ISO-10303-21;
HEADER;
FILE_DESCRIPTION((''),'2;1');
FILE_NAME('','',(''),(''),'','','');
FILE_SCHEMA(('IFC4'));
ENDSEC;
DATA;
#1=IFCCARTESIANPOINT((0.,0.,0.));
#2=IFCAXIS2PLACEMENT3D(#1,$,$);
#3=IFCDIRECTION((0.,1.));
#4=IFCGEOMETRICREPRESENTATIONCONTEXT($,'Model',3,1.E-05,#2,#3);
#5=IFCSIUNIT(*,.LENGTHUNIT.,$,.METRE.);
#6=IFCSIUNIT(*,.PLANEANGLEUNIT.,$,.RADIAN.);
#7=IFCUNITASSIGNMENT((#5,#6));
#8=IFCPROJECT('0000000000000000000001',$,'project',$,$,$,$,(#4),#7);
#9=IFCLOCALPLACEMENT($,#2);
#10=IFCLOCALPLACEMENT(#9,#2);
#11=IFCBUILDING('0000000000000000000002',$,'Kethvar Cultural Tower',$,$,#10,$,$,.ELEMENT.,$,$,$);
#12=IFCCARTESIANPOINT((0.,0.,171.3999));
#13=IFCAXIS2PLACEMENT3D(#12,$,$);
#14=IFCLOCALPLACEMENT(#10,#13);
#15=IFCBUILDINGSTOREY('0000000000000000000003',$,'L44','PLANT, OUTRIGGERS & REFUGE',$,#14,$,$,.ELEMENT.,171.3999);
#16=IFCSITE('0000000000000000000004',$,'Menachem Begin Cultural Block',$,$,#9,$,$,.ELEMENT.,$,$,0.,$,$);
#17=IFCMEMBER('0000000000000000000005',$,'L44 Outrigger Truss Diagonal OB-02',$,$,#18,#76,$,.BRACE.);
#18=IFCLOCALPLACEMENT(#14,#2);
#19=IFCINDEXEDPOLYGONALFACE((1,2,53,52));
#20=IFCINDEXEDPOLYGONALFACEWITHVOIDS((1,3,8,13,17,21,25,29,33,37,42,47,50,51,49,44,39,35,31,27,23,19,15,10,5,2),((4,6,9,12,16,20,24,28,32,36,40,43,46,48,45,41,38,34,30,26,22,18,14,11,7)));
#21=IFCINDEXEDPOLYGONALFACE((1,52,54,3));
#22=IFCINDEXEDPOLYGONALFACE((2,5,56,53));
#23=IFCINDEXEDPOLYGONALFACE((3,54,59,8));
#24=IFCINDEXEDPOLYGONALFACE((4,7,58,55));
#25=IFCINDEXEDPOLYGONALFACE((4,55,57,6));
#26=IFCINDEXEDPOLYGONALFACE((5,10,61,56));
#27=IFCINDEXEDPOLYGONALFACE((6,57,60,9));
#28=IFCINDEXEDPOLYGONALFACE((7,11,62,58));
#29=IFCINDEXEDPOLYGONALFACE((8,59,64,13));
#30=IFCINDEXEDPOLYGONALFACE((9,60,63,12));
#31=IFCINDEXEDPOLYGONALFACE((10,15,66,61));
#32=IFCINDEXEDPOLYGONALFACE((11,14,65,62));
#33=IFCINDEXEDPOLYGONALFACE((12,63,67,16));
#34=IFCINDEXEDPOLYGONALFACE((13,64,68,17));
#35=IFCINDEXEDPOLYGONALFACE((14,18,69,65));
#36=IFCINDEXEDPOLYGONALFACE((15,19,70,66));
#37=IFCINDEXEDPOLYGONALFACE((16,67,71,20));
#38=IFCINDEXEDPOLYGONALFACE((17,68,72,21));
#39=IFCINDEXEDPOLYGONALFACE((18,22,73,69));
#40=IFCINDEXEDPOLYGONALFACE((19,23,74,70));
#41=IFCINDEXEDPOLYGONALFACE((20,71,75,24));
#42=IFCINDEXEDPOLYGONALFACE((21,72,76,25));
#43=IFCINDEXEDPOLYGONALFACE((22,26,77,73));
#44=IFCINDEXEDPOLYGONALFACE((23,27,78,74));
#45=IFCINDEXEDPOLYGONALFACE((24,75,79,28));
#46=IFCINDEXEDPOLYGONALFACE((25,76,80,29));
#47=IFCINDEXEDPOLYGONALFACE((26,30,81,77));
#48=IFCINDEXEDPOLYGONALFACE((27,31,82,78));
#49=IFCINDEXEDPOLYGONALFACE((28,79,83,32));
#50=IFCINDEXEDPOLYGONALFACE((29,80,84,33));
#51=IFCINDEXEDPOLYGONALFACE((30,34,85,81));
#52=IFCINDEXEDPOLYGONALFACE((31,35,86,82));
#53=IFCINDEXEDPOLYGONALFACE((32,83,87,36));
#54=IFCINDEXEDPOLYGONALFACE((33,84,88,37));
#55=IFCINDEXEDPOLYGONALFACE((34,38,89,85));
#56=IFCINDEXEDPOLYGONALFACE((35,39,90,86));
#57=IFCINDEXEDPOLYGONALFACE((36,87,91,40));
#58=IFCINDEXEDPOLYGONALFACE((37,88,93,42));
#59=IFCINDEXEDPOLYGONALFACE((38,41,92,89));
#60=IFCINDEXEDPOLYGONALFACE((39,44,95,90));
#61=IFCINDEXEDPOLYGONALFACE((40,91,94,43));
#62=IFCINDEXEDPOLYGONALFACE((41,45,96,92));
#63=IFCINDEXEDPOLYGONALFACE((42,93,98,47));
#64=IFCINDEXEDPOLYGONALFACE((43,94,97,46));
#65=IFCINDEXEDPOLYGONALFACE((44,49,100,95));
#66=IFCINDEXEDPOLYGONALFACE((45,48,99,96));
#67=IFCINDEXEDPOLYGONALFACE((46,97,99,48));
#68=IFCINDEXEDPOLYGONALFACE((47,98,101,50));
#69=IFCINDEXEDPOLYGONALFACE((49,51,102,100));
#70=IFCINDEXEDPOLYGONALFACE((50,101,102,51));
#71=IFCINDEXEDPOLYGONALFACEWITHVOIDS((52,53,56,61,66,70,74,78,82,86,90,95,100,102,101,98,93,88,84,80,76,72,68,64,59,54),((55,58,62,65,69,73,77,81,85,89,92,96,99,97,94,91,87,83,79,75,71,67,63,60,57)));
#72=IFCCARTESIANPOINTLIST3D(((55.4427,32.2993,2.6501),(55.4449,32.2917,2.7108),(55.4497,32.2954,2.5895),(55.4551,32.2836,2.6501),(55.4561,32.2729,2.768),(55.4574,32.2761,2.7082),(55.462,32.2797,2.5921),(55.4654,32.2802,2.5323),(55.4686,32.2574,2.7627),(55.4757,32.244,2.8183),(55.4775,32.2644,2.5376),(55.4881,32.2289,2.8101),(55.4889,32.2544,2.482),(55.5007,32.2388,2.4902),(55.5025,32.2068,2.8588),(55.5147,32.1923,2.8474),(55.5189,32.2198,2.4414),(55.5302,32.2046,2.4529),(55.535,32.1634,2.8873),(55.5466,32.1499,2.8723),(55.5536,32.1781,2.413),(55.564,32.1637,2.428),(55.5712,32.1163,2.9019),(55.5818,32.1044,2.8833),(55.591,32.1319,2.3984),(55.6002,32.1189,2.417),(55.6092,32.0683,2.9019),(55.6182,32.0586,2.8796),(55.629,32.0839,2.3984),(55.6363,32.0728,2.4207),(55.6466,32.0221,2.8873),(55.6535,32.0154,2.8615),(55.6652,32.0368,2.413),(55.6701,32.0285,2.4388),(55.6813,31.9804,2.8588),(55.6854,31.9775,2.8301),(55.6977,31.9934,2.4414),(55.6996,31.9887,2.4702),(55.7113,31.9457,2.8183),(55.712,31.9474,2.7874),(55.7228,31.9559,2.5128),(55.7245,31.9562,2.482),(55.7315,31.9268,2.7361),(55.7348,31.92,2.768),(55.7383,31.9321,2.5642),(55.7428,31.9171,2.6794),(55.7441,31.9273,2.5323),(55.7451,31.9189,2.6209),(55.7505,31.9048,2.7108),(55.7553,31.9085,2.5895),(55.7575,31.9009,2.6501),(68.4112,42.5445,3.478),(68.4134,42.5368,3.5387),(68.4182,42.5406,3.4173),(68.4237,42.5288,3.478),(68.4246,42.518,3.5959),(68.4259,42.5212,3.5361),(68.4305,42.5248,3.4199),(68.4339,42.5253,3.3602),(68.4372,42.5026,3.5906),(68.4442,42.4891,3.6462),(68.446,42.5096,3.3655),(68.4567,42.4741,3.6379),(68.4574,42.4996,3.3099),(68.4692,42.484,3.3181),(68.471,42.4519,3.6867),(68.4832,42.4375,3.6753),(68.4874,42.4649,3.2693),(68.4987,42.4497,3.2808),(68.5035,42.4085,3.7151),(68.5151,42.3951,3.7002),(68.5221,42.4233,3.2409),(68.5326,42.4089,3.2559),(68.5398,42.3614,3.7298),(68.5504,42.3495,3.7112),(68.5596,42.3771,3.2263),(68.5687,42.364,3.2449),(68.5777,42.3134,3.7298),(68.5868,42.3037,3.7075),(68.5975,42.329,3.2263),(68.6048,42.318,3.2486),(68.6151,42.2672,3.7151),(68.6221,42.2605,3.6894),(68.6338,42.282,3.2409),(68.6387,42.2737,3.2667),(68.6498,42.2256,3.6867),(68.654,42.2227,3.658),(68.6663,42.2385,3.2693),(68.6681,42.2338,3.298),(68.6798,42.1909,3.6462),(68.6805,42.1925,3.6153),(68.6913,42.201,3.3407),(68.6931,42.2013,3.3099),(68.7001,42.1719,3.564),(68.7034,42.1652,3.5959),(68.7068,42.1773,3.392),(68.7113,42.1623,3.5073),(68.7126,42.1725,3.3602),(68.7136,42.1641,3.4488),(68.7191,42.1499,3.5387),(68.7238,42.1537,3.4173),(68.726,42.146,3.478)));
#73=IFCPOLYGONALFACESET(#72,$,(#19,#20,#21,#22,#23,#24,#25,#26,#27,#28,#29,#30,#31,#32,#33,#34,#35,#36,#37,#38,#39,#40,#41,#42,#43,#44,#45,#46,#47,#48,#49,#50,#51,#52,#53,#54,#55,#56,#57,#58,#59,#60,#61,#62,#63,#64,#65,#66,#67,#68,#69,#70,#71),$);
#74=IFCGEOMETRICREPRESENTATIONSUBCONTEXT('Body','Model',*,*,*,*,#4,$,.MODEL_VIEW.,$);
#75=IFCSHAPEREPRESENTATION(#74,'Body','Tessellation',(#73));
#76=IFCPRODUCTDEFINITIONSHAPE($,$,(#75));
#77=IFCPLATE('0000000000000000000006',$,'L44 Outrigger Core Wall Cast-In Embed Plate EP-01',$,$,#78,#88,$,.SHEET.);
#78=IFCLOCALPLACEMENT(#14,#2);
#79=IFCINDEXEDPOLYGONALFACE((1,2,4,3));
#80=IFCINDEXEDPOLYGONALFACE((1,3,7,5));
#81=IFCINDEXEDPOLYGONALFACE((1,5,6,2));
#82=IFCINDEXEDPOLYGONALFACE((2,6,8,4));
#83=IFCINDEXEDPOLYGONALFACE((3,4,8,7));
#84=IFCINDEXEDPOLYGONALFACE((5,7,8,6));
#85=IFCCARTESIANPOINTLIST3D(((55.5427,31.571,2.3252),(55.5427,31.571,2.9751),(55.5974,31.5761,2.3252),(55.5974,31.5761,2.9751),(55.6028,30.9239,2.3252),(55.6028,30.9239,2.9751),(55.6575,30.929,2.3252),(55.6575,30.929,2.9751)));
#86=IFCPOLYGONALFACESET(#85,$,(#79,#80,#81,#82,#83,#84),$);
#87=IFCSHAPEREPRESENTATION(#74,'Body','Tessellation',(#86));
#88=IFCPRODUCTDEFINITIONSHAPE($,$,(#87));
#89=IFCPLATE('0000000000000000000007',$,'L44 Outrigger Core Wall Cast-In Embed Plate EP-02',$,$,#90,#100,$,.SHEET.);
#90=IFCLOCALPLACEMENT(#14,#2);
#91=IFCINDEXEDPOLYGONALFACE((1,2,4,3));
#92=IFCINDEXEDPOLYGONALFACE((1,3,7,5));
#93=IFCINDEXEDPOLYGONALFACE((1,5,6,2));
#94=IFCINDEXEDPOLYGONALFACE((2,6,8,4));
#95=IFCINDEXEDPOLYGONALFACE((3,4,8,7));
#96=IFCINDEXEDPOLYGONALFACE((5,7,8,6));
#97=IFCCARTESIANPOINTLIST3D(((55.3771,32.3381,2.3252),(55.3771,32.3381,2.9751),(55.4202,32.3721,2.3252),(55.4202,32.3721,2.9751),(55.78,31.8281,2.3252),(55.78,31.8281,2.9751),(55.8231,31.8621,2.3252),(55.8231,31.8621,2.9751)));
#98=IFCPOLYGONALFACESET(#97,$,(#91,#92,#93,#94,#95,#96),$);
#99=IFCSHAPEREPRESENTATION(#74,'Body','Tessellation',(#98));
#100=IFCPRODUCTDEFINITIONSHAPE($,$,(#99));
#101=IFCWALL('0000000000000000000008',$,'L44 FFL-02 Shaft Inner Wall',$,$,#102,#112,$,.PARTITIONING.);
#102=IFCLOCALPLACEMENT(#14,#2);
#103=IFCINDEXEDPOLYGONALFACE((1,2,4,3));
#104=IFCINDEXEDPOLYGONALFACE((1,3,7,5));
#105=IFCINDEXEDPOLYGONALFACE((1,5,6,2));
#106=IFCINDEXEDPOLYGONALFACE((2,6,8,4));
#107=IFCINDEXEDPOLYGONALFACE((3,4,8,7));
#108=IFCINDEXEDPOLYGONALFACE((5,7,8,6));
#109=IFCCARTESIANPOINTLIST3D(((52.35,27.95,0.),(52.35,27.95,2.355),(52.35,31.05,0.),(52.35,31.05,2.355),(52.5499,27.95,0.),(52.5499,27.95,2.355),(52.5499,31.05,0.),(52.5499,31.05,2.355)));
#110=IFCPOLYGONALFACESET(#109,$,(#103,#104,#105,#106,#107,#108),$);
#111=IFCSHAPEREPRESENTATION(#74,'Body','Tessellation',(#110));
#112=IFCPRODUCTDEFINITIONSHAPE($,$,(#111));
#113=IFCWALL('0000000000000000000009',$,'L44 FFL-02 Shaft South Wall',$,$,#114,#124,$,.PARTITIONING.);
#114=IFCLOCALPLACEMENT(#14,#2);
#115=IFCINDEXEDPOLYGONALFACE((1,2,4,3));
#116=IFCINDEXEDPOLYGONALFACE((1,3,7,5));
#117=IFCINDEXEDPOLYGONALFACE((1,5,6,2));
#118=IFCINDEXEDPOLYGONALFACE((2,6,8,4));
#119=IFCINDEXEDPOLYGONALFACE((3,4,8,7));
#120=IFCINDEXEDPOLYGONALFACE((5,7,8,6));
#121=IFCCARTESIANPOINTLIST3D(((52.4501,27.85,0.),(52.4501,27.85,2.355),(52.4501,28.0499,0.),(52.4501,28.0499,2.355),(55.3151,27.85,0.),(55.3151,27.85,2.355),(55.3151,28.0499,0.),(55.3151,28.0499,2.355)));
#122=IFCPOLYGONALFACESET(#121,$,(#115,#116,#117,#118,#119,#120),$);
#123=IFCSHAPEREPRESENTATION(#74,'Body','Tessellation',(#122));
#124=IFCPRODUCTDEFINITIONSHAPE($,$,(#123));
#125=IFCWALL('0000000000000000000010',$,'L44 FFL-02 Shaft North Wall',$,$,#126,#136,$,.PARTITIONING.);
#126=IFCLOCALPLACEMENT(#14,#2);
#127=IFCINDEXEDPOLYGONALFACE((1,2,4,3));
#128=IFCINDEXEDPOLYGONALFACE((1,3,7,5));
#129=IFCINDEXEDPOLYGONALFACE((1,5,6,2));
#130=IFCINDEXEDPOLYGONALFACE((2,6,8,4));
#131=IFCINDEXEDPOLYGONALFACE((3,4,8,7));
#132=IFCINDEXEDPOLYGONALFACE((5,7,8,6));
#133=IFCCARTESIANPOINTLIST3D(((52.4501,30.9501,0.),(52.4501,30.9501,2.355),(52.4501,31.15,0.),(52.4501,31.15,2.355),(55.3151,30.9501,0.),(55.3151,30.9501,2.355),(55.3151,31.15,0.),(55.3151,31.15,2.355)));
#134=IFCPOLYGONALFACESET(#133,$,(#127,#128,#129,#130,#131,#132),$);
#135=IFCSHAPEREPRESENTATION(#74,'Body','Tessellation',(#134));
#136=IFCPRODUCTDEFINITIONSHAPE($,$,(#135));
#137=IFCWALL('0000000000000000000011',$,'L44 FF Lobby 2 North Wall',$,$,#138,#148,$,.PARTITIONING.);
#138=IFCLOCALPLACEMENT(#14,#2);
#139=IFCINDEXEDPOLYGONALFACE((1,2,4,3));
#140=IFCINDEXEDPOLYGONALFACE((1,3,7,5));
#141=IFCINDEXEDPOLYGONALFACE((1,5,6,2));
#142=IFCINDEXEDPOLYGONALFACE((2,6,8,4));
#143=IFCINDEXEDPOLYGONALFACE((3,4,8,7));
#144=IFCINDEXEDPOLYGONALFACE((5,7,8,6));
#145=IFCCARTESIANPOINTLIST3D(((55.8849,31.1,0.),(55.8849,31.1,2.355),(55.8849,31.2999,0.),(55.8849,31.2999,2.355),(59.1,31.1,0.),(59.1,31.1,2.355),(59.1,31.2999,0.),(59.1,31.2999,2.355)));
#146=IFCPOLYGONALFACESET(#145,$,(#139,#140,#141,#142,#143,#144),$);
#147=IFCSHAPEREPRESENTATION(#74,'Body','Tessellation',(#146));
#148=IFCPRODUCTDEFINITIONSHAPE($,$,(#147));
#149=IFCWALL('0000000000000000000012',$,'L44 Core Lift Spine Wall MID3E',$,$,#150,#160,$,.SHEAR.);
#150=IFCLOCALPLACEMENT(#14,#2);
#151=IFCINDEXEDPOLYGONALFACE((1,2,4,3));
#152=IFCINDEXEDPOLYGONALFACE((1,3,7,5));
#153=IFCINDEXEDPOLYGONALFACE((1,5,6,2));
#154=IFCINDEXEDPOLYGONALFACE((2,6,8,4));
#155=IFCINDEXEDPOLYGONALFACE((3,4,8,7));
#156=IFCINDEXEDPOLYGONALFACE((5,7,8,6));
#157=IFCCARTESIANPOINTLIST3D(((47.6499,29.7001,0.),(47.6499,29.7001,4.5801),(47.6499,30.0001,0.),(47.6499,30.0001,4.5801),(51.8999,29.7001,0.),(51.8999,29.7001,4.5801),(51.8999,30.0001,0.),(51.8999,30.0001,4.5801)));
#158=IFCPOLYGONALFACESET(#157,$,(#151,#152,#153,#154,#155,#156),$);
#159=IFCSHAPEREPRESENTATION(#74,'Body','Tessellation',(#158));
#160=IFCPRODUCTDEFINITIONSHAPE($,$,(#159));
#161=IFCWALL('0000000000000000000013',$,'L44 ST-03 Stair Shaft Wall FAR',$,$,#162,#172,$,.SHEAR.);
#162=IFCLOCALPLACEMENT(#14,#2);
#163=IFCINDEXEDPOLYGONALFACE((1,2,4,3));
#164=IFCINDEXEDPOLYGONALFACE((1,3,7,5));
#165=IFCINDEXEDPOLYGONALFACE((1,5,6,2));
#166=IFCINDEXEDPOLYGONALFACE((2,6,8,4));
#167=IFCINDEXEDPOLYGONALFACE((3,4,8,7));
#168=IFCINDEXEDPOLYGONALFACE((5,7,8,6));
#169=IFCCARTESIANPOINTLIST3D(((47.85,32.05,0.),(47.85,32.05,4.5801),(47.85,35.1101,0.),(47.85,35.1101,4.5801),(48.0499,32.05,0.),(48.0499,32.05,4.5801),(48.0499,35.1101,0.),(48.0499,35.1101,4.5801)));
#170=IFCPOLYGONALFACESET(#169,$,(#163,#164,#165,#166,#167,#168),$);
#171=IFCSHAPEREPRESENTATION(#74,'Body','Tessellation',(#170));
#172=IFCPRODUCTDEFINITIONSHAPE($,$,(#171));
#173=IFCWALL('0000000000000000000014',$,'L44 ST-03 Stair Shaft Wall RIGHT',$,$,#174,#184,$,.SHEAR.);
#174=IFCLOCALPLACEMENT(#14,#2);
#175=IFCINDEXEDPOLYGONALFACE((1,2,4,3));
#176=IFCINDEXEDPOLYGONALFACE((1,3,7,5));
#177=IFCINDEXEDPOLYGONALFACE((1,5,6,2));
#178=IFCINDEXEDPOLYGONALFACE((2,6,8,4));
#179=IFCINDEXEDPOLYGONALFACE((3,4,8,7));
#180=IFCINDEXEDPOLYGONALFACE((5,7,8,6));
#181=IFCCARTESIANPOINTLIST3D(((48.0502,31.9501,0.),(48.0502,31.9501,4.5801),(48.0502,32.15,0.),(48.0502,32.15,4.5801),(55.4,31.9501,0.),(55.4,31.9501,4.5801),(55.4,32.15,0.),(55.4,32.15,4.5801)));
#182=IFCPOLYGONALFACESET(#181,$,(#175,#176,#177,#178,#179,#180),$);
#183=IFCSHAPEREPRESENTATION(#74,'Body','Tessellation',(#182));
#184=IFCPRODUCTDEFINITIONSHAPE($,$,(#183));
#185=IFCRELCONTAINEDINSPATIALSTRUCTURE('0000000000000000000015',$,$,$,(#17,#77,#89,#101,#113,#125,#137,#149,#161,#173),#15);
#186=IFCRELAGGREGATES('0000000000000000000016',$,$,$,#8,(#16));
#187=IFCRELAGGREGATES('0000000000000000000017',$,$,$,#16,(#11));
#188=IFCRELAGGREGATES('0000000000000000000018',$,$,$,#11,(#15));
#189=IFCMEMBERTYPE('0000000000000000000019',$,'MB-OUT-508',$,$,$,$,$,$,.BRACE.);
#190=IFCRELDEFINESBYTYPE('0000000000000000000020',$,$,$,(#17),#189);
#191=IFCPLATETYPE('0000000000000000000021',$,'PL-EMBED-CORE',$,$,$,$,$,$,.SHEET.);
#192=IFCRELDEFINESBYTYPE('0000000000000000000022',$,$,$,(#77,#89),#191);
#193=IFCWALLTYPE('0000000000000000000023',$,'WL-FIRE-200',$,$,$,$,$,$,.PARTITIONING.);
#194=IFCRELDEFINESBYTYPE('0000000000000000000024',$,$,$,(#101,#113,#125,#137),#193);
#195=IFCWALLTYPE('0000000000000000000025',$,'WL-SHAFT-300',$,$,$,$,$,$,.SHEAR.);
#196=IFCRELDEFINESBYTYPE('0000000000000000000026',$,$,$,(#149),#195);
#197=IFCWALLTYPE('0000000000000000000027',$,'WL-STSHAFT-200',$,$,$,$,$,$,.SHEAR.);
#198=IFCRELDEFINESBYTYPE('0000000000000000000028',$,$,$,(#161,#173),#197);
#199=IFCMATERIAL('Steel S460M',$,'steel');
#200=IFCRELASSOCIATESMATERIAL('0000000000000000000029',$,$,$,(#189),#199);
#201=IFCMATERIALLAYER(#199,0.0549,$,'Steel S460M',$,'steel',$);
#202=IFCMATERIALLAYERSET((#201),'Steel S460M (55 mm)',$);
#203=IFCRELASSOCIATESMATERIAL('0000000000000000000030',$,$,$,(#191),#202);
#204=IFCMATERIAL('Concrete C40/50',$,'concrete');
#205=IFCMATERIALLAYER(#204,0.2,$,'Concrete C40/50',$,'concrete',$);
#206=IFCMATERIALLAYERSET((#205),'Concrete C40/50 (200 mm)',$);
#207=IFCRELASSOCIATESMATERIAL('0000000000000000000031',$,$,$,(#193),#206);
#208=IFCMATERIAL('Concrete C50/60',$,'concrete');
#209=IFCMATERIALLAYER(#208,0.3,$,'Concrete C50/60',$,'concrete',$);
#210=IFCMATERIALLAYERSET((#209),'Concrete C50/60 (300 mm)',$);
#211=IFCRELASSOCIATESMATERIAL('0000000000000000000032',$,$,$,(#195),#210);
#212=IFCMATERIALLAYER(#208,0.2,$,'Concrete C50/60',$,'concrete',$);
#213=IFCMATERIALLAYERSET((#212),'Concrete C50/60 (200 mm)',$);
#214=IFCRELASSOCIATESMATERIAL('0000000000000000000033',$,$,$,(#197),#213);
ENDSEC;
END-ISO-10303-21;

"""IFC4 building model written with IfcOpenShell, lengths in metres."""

from ifc_helpers import new_model, si_unit, direction, frame, frame_2d, origin, origin_2d, place, context, subcontext, project, spatial, rectangle, hollow_circle, extrude, source, transform, mapped, material, layer, layer_set, material_profile, profile_set, type_object, element, save


model = new_model("IFC4")

# Units and contexts
model_context = context("Model", 3, precision=1e-05, world=origin(), true_north=direction((0.0, 1.0)))
body_context = subcontext(model_context, "Body", "Model", "MODEL_VIEW")
ifc_project = project(units=[si_unit("LENGTHUNIT", "METRE"), si_unit("PLANEANGLEUNIT", "RADIAN")], contexts=[model_context])

# Site, building, storey
site_placement = place(None, origin())
site = spatial("IfcSite", under=ifc_project, at=site_placement, Name="Menachem Begin Cultural Block", CompositionType="ELEMENT", RefElevation=0.0)
building_placement = place(site_placement, origin())
building = spatial("IfcBuilding", under=site, at=building_placement, Name="Kethvar Cultural Tower", CompositionType="ELEMENT")
storey_placement = place(building_placement, frame((0.0, 0.0, 171.3999)))
storey = spatial("IfcBuildingStorey", under=building, at=storey_placement, Name="L44", Description="PLANT, OUTRIGGERS & REFUGE", CompositionType="ELEMENT", Elevation=171.3999)

# Shared definitions
ifc_material_1 = material(Name="Steel S460M", Category="steel")

# Shared definitions
ifc_material_profile_1 = material_profile(ifc_material_1, hollow_circle(Radius=0.2539, WallThickness=0.02, at=origin_2d()), Name="Steel S460M — CHS508x20")
ifc_profile_set_1 = profile_set([ifc_material_profile_1], Name="Steel S460M — CHS508x20")
member_type = type_object("IfcMemberType", Name="MB-OUT-508", PredefinedType="BRACE", material=ifc_profile_set_1)

# Member
shared_shape_1 = source(origin(), body_context, "Body", "SweptSolid", [
    extrude(hollow_circle(Radius=0.2539, WallThickness=0.02, at=origin_2d()), origin(), (0.0, 0.0, 1.0), 16.5479),
])
member_1_placement = place(storey_placement, frame((55.6001, 32.1001, 2.6501), z_axis=(0.783699, 0.619122, 0.05003), x_axis=(-0.619899, 0.784682, 0.0)))
element("IfcMember", 1, at=member_1_placement, inside=storey, type_object=member_type, Name="L44 Outrigger Truss Diagonal OB-02", PredefinedType="BRACE", context=body_context, shape_type="MappedRepresentation", body=[
    mapped(shared_shape_1, transform((0.0, 0.0, 0.0), scale=1.0)),
])

# Plates
ifc_layer_1 = layer(ifc_material_1, 0.0549, Name="Steel S460M", Category="steel")
ifc_layer_set_1 = layer_set([ifc_layer_1], Name="Steel S460M (55 mm)")
plate_type = type_object("IfcPlateType", Name="PL-EMBED-CORE", PredefinedType="SHEET", material=ifc_layer_set_1)
shared_shape_2 = source(origin(), body_context, "Body", "SweptSolid", [
    extrude(rectangle(XDim=0.0549, YDim=0.6499, at=origin_2d()), origin(), (0.0, 0.0, 1.0), 0.6499),
])
for number, where, z_axis, x_axis, name in (
    (2, (55.6001, 31.25, 2.3252), (0.0, 0.0, 1.0), (0.995725, 0.092371, 0.0), "L44 Outrigger Core Wall Cast-In Embed Plate EP-01"),
    (3, (55.6001, 32.1001, 2.3252), (0.0, 0.0, 1.0), (0.784668, 0.619916, 0.0), "L44 Outrigger Core Wall Cast-In Embed Plate EP-02"),
):
    element("IfcPlate", number, at=place(storey_placement, frame(where, z_axis=z_axis, x_axis=x_axis)), inside=storey, type_object=plate_type, Name=name, PredefinedType="SHEET", context=body_context, shape_type="MappedRepresentation", body=[
        mapped(shared_shape_2, transform((0.0, 0.0, 0.0), scale=1.0)),
    ])

# Walls
ifc_material_2 = material(Name="Concrete C40/50", Category="concrete")
ifc_layer_2 = layer(ifc_material_2, 0.2, Name="Concrete C40/50", Category="concrete")
ifc_layer_set_2 = layer_set([ifc_layer_2], Name="Concrete C40/50 (200 mm)")
wall_type_1 = type_object("IfcWallType", Name="WL-FIRE-200", PredefinedType="PARTITIONING", material=ifc_layer_set_2)
wall_1_placement = place(storey_placement, frame((52.45, 27.95, 0.0), z_axis=(0.0, 0.0, 1.0), x_axis=(0.0, 1.0, 0.0)))
element("IfcWall", 4, at=wall_1_placement, inside=storey, type_object=wall_type_1, Name="L44 FFL-02 Shaft Inner Wall", PredefinedType="PARTITIONING", context=body_context, shape_type="SweptSolid", body=[
    extrude(rectangle(XDim=3.1001, YDim=0.2, at=frame_2d((1.55, 0.0))), origin(), (0.0, 0.0, 1.0), 2.355),
])
for number, where, z_axis, x_axis, name in (
    (5, (52.45, 27.95, 0.0), (0.0, 0.0, 1.0), (1.0, 0.0, 0.0), "L44 FFL-02 Shaft South Wall"),
    (6, (52.45, 31.05, 0.0), (0.0, 0.0, 1.0), (1.0, 0.0, 0.0), "L44 FFL-02 Shaft North Wall"),
):
    element("IfcWall", number, at=place(storey_placement, frame(where, z_axis=z_axis, x_axis=x_axis)), inside=storey, type_object=wall_type_1, Name=name, PredefinedType="PARTITIONING", context=body_context, shape_type="SweptSolid", body=[
        extrude(rectangle(XDim=2.865, YDim=0.2, at=frame_2d((1.4326, 0.0))), origin(), (0.0, 0.0, 1.0), 2.355),
    ])
wall_2_placement = place(storey_placement, frame((55.885, 31.2, 0.0), z_axis=(0.0, 0.0, 1.0), x_axis=(1.0, 0.0, 0.0)))
element("IfcWall", 7, at=wall_2_placement, inside=storey, type_object=wall_type_1, Name="L44 FF Lobby 2 North Wall", PredefinedType="PARTITIONING", context=body_context, shape_type="SweptSolid", body=[
    extrude(rectangle(XDim=3.2151, YDim=0.2, at=frame_2d((1.6074, 0.0))), origin(), (0.0, 0.0, 1.0), 2.355),
])
ifc_material_3 = material(Name="Concrete C50/60", Category="concrete")
ifc_layer_3 = layer(ifc_material_3, 0.3, Name="Concrete C50/60", Category="concrete")
ifc_layer_set_3 = layer_set([ifc_layer_3], Name="Concrete C50/60 (300 mm)")
wall_type_2 = type_object("IfcWallType", Name="WL-SHAFT-300", PredefinedType="SHEAR", material=ifc_layer_set_3)
wall_3_placement = place(storey_placement, frame((47.6499, 29.8501, 0.0), z_axis=(0.0, 0.0, 1.0), x_axis=(1.0, 0.0, 0.0)))
element("IfcWall", 8, at=wall_3_placement, inside=storey, type_object=wall_type_2, Name="L44 Core Lift Spine Wall MID3E", PredefinedType="SHEAR", context=body_context, shape_type="SweptSolid", body=[
    extrude(rectangle(XDim=4.25, YDim=0.3, at=frame_2d((2.125, 0.0))), origin(), (0.0, 0.0, 1.0), 4.5801),
])
ifc_layer_4 = layer(ifc_material_3, 0.2, Name="Concrete C50/60", Category="concrete")
ifc_layer_set_4 = layer_set([ifc_layer_4], Name="Concrete C50/60 (200 mm)")
wall_type_3 = type_object("IfcWallType", Name="WL-STSHAFT-200", PredefinedType="SHEAR", material=ifc_layer_set_4)
wall_4_placement = place(storey_placement, frame((47.95, 32.05, 0.0), z_axis=(0.0, 0.0, 1.0), x_axis=(0.0, 1.0, 0.0)))
element("IfcWall", 9, at=wall_4_placement, inside=storey, type_object=wall_type_3, Name="L44 ST-03 Stair Shaft Wall FAR", PredefinedType="SHEAR", context=body_context, shape_type="SweptSolid", body=[
    extrude(rectangle(XDim=3.0601, YDim=0.2, at=frame_2d((1.53, 0.0))), origin(), (0.0, 0.0, 1.0), 4.5801),
])
wall_5_placement = place(storey_placement, frame((55.3999, 32.05, 0.0), z_axis=(0.0, 0.0, 1.0), x_axis=(-1.0, 0.0, 0.0)))
element("IfcWall", 10, at=wall_5_placement, inside=storey, type_object=wall_type_3, Name="L44 ST-03 Stair Shaft Wall RIGHT", PredefinedType="SHEAR", context=body_context, shape_type="SweptSolid", body=[
    extrude(rectangle(XDim=7.3499, YDim=0.2, at=frame_2d((3.6748, 0.0))), origin(), (0.0, 0.0, 1.0), 4.5801),
])

save(model, "model.ifc")
